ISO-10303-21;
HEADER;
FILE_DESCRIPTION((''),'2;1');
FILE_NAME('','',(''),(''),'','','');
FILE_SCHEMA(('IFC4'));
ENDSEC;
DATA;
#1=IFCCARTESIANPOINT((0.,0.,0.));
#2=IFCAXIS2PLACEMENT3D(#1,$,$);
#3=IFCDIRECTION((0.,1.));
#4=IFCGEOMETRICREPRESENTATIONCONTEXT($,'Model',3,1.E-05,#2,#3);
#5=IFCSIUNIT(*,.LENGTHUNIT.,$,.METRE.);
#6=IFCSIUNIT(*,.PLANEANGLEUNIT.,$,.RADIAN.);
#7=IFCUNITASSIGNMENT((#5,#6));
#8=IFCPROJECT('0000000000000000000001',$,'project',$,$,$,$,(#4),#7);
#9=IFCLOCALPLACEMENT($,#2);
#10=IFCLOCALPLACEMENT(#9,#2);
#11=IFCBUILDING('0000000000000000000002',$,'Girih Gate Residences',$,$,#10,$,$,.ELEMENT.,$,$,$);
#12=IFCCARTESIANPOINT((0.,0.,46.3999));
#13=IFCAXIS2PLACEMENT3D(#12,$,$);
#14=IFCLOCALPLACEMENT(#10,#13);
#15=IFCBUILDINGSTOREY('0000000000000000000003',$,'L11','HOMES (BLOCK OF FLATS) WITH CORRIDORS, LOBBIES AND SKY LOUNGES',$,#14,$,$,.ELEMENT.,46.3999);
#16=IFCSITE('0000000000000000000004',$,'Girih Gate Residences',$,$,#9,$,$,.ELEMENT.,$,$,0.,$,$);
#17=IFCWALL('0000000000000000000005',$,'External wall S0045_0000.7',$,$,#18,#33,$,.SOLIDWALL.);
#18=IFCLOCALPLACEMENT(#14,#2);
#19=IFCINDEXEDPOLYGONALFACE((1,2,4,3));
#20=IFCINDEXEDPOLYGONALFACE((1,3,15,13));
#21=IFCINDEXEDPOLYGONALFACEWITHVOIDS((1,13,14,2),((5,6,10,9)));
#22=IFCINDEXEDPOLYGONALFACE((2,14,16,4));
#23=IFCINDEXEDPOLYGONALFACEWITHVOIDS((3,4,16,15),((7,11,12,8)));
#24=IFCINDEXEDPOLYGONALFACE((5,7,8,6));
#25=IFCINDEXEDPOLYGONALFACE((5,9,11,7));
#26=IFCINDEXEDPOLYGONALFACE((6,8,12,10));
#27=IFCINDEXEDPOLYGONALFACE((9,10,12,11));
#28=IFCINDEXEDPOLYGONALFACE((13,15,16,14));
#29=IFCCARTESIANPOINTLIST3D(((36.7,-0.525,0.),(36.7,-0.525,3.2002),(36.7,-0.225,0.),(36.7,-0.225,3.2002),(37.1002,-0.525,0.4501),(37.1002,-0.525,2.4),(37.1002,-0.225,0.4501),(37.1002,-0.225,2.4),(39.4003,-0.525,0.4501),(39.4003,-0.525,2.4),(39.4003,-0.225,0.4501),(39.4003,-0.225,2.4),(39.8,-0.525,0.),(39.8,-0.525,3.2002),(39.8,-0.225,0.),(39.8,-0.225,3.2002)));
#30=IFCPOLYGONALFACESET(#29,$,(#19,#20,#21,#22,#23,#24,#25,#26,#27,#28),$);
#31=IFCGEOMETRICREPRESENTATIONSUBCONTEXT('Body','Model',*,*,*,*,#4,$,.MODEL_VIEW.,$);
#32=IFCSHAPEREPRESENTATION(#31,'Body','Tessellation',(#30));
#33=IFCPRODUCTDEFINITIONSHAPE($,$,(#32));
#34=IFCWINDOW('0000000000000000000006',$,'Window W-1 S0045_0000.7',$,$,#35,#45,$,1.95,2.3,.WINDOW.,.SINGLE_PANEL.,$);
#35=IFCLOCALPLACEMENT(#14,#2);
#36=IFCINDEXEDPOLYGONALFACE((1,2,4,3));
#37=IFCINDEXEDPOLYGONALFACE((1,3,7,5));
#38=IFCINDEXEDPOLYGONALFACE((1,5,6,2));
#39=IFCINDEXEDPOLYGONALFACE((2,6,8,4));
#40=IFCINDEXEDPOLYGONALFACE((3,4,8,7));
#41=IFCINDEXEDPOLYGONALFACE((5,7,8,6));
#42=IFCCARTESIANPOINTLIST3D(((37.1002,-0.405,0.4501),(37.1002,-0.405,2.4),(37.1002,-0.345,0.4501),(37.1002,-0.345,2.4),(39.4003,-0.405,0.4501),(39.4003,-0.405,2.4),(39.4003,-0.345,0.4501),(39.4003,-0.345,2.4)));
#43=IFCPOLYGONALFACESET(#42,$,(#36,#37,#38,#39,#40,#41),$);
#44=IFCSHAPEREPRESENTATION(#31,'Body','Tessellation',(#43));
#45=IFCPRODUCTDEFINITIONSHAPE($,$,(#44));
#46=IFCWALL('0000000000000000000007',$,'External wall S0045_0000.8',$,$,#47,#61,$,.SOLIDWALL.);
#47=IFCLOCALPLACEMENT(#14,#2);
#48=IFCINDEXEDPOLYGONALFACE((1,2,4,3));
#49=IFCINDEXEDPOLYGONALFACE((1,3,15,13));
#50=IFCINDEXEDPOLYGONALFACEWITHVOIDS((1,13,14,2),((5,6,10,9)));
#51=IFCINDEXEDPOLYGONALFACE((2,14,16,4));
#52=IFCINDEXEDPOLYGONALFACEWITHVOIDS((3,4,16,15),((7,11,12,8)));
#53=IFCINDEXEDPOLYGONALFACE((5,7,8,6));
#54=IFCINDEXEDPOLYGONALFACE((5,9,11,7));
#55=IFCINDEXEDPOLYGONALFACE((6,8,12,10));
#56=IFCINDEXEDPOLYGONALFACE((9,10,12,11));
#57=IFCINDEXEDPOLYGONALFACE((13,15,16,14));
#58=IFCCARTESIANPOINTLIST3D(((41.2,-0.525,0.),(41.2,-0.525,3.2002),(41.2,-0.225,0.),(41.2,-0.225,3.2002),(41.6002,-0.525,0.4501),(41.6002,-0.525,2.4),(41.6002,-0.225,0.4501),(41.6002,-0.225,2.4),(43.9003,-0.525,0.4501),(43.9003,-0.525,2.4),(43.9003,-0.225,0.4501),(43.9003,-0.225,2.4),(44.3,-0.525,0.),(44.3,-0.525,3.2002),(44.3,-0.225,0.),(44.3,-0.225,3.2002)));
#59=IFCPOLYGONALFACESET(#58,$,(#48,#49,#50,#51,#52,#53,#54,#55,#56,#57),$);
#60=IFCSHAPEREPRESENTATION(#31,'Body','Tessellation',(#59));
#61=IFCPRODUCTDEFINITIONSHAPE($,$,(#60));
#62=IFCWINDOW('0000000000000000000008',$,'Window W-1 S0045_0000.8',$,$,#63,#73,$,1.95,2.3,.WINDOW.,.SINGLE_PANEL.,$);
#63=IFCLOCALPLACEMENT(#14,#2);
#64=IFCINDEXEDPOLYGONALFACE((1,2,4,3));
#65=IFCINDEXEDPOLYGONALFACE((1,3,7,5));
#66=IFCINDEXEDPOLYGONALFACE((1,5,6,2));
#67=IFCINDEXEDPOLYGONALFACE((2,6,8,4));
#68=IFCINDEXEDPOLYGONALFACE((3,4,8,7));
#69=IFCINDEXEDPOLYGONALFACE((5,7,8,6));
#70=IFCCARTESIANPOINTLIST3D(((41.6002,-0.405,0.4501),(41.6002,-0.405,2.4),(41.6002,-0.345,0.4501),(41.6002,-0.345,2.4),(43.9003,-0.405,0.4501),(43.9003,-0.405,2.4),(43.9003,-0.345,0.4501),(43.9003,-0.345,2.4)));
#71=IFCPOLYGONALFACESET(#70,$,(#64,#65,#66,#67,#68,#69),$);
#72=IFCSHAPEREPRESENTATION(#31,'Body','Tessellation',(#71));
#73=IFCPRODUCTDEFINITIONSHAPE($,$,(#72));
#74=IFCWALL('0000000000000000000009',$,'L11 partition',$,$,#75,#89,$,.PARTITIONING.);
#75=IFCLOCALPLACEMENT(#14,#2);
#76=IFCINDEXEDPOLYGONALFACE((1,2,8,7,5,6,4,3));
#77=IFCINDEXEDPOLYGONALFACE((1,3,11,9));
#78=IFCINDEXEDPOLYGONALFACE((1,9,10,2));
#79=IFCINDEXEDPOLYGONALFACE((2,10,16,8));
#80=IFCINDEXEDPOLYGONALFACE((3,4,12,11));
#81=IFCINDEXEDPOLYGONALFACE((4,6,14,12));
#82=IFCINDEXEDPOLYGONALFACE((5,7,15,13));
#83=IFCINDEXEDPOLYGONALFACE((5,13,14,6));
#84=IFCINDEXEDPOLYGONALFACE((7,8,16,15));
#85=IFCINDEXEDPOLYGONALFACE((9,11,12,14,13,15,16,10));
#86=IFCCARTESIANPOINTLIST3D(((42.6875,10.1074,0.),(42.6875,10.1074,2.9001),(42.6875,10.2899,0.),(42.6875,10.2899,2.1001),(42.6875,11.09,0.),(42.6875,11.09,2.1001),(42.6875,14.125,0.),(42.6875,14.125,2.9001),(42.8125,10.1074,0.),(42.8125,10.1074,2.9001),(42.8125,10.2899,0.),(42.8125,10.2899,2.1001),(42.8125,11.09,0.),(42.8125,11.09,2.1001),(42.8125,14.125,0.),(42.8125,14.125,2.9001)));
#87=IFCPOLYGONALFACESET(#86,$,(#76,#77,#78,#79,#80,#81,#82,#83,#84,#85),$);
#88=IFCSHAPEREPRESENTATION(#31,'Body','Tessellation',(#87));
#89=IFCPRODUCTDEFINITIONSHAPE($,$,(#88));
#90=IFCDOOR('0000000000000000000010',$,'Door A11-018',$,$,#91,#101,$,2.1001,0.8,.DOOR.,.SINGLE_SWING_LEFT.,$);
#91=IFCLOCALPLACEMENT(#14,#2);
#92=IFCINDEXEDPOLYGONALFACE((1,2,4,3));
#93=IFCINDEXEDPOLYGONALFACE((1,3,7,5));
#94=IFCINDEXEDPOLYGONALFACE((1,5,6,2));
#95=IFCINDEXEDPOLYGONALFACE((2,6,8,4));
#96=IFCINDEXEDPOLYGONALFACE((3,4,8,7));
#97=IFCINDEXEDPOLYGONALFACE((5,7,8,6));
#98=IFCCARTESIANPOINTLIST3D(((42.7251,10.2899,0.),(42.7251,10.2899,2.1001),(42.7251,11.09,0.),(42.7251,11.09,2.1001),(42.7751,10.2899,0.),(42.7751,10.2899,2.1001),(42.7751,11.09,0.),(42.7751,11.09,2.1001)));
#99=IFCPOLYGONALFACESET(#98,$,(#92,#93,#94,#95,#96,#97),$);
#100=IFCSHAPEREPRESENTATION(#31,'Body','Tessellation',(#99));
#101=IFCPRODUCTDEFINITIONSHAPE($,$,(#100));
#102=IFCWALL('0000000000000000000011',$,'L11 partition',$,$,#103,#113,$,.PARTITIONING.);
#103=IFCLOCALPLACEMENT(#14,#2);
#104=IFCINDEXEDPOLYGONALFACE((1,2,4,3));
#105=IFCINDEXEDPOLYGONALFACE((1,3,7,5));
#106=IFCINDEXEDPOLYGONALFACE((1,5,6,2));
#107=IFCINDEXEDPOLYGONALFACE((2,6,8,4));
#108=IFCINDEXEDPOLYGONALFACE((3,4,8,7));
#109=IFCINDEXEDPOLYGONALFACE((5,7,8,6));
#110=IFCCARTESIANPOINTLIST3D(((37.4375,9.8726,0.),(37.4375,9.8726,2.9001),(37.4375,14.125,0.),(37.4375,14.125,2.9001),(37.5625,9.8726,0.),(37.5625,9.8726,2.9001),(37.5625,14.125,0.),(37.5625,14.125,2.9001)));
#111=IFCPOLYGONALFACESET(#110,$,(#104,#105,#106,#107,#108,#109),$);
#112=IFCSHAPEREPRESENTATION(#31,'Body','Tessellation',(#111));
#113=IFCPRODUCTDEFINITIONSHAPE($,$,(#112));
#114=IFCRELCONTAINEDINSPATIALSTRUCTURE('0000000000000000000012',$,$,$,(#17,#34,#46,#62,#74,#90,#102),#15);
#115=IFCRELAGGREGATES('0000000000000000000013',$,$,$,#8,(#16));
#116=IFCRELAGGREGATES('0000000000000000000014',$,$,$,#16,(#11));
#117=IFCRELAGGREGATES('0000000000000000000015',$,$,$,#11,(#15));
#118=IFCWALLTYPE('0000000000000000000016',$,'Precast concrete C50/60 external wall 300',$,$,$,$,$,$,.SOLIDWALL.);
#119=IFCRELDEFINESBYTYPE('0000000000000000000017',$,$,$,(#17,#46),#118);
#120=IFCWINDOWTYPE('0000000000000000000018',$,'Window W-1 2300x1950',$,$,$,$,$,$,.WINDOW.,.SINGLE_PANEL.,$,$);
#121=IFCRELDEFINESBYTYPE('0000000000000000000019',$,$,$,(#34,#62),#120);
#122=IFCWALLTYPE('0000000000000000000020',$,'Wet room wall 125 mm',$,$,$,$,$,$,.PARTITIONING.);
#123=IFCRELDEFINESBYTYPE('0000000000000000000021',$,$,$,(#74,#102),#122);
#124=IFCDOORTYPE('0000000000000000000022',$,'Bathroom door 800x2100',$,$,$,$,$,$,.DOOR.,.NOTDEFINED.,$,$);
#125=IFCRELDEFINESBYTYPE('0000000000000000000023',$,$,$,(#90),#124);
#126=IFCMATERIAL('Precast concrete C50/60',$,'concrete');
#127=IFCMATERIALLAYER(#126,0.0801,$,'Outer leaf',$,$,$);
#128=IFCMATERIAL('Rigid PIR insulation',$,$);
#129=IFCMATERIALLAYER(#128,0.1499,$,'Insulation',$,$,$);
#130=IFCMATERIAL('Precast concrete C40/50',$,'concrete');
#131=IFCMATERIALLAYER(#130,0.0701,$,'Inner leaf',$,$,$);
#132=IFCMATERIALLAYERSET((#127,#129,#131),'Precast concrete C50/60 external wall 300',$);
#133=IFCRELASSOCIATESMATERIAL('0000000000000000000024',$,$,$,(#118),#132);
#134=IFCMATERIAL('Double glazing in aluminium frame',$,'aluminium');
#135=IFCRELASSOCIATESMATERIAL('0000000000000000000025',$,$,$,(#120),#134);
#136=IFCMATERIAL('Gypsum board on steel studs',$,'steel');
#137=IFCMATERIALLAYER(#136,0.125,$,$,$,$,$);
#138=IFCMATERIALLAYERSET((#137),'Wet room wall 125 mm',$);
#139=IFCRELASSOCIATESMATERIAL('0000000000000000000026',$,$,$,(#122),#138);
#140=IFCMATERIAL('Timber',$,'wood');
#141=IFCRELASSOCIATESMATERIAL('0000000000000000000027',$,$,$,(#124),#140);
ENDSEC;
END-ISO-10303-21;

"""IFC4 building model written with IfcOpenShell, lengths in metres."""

from ifc_helpers import new_model, si_unit, direction, frame, frame_2d, origin, place, context, subcontext, project, spatial, rectangle, extrude, material, layer, layer_set, type_object, element, fill, save


model = new_model("IFC4")

# Units and contexts
model_context = context("Model", 3, precision=1e-05, world=origin(), true_north=direction((0.0, 1.0)))
body_context = subcontext(model_context, "Body", "Model", "MODEL_VIEW")
ifc_project = project(units=[si_unit("LENGTHUNIT", "METRE"), si_unit("PLANEANGLEUNIT", "RADIAN")], contexts=[model_context])

# Site, building, storey
site_placement = place(None, origin())
site = spatial("IfcSite", under=ifc_project, at=site_placement, Name="Girih Gate Residences", CompositionType="ELEMENT", RefElevation=0.0)
building_placement = place(site_placement, origin())
building = spatial("IfcBuilding", under=site, at=building_placement, Name="Girih Gate Residences", CompositionType="ELEMENT")
storey_placement = place(building_placement, frame((0.0, 0.0, 46.3999)))
storey = spatial("IfcBuildingStorey", under=building, at=storey_placement, Name="L11", Description="HOMES (BLOCK OF FLATS) WITH CORRIDORS, LOBBIES AND SKY LOUNGES", CompositionType="ELEMENT", Elevation=46.3999)

# Shared definitions
ifc_material_1 = material(Name="Gypsum board on steel studs", Category="steel")
ifc_material_2 = material(Name="Timber", Category="wood")

# Walls, openings, windows
ifc_material_3 = material(Name="Precast concrete C50/60", Category="concrete")
ifc_layer_1 = layer(ifc_material_3, 0.0801, Name="Outer leaf")
ifc_material_4 = material(Name="Rigid PIR insulation")
ifc_layer_2 = layer(ifc_material_4, 0.1499, Name="Insulation")
ifc_material_5 = material(Name="Precast concrete C40/50", Category="concrete")
ifc_layer_3 = layer(ifc_material_5, 0.0701, Name="Inner leaf")
ifc_layer_set_1 = layer_set([ifc_layer_1, ifc_layer_2, ifc_layer_3], Name="Precast concrete C50/60 external wall 300")
wall_type_1 = type_object("IfcWallType", Name="Precast concrete C50/60 external wall 300", PredefinedType="SOLIDWALL", material=ifc_layer_set_1)
wall_1_placement = place(storey_placement, frame((39.8, -0.375, 0.0), z_axis=(0.0, 0.0, 1.0), x_axis=(-1.0, 0.0, 0.0)))
wall_1 = element("IfcWall", 1, at=wall_1_placement, inside=storey, type_object=wall_type_1, Name="External wall S0045_0000.7", PredefinedType="SOLIDWALL", context=body_context, shape_type="SweptSolid", body=[
    extrude(rectangle(XDim=3.1001, YDim=0.3, at=frame_2d((1.55, 0.0))), origin(), (0.0, 0.0, 1.0), 3.2002),
])
opening_1_placement = place(wall_1_placement, frame((0.3999, 0.0, 0.45)))
opening_1 = element("IfcOpeningElement", 2, at=opening_1_placement, cuts=wall_1, PredefinedType="OPENING", context=body_context, shape_type="SweptSolid", body=[
    extrude(rectangle(XDim=2.3, YDim=1.95, at=frame_2d((1.1499, 0.9751))), frame((0.0, 0.1599, 0.0), z_axis=(0.0, -1.0, 0.0), x_axis=(1.0, 0.0, 0.0)), (0.0, 0.0, 1.0), 0.3201),
])
ifc_material_6 = material(Name="Double glazing in aluminium frame", Category="aluminium")
window_type = type_object("IfcWindowType", Name="Window W-1 2300x1950", PartitioningType="SINGLE_PANEL", PredefinedType="WINDOW", material=ifc_material_6)
window_1_placement = place(opening_1_placement, origin())
window_1 = element("IfcWindow", 3, at=window_1_placement, inside=storey, type_object=window_type, Name="Window W-1 S0045_0000.7", OverallHeight=1.95, OverallWidth=2.3, PartitioningType="SINGLE_PANEL", PredefinedType="WINDOW", context=body_context, shape_type="SweptSolid", body=[
    extrude(rectangle(XDim=2.3, YDim=1.95, at=frame_2d((1.1499, 0.9751))), frame((0.0, 0.03, 0.0), z_axis=(0.0, -1.0, 0.0), x_axis=(1.0, 0.0, 0.0)), (0.0, 0.0, 1.0), 0.0601),
])
fill(opening_1, window_1)
wall_2_placement = place(storey_placement, frame((44.3, -0.375, 0.0), z_axis=(0.0, 0.0, 1.0), x_axis=(-1.0, 0.0, 0.0)))
wall_2 = element("IfcWall", 4, at=wall_2_placement, inside=storey, type_object=wall_type_1, Name="External wall S0045_0000.8", PredefinedType="SOLIDWALL", context=body_context, shape_type="SweptSolid", body=[
    extrude(rectangle(XDim=3.1001, YDim=0.3, at=frame_2d((1.55, 0.0))), origin(), (0.0, 0.0, 1.0), 3.2002),
])
opening_2_placement = place(wall_2_placement, frame((0.3999, 0.0, 0.45)))
opening_2 = element("IfcOpeningElement", 5, at=opening_2_placement, cuts=wall_2, PredefinedType="OPENING", context=body_context, shape_type="SweptSolid", body=[
    extrude(rectangle(XDim=2.3, YDim=1.95, at=frame_2d((1.1499, 0.9751))), frame((0.0, 0.1599, 0.0), z_axis=(0.0, -1.0, 0.0), x_axis=(1.0, 0.0, 0.0)), (0.0, 0.0, 1.0), 0.3201),
])
window_2_placement = place(opening_2_placement, origin())
window_2 = element("IfcWindow", 6, at=window_2_placement, inside=storey, type_object=window_type, Name="Window W-1 S0045_0000.8", OverallHeight=1.95, OverallWidth=2.3, PartitioningType="SINGLE_PANEL", PredefinedType="WINDOW", context=body_context, shape_type="SweptSolid", body=[
    extrude(rectangle(XDim=2.3, YDim=1.95, at=frame_2d((1.1499, 0.9751))), frame((0.0, 0.03, 0.0), z_axis=(0.0, -1.0, 0.0), x_axis=(1.0, 0.0, 0.0)), (0.0, 0.0, 1.0), 0.0601),
])
fill(opening_2, window_2)

# Wall, opening, door
ifc_layer_4 = layer(ifc_material_1, 0.125)
ifc_layer_set_2 = layer_set([ifc_layer_4], Name="Wet room wall 125 mm")
wall_type_2 = type_object("IfcWallType", Name="Wet room wall 125 mm", PredefinedType="PARTITIONING", material=ifc_layer_set_2)
wall_3_placement = place(storey_placement, frame((42.75, 10.1074, 0.0), z_axis=(0.0, 0.0, 1.0), x_axis=(0.0, 1.0, 0.0)))
wall_3 = element("IfcWall", 7, at=wall_3_placement, inside=storey, type_object=wall_type_2, Name="L11 partition", PredefinedType="PARTITIONING", context=body_context, shape_type="SweptSolid", body=[
    extrude(rectangle(XDim=4.0176, YDim=0.125, at=frame_2d((2.0088, 0.0))), origin(), (0.0, 0.0, 1.0), 2.9001),
])
opening_3_placement = place(wall_3_placement, frame((0.1826, 0.0, 0.0)))
opening_3 = element("IfcOpeningElement", 8, at=opening_3_placement, cuts=wall_3, PredefinedType="OPENING", context=body_context, shape_type="SweptSolid", body=[
    extrude(rectangle(XDim=0.8, YDim=2.1001, at=frame_2d((0.3999, 1.05))), frame((0.0, 0.0725, 0.0), z_axis=(0.0, -1.0, 0.0), x_axis=(1.0, 0.0, 0.0)), (0.0, 0.0, 1.0), 0.145),
])
door_type_1 = type_object("IfcDoorType", Name="Bathroom door 800x2100", OperationType="NOTDEFINED", PredefinedType="DOOR", material=ifc_material_2)
door_1_placement = place(opening_3_placement, origin())
door_1 = element("IfcDoor", 9, at=door_1_placement, inside=storey, type_object=door_type_1, Name="Door A11-018", OperationType="SINGLE_SWING_LEFT", OverallHeight=2.1001, OverallWidth=0.8, PredefinedType="DOOR", context=body_context, shape_type="SweptSolid", body=[
    extrude(rectangle(XDim=0.8, YDim=2.1001, at=frame_2d((0.3999, 1.05))), frame((0.0, 0.0249, 0.0), z_axis=(0.0, -1.0, 0.0), x_axis=(1.0, 0.0, 0.0)), (0.0, 0.0, 1.0), 0.05),
])
fill(opening_3, door_1)

# Wall
wall_4_placement = place(storey_placement, frame((37.5, 9.8726, 0.0), z_axis=(0.0, 0.0, 1.0), x_axis=(0.0, 1.0, 0.0)))
element("IfcWall", 10, at=wall_4_placement, inside=storey, type_object=wall_type_2, Name="L11 partition", PredefinedType="PARTITIONING", context=body_context, shape_type="SweptSolid", body=[
    extrude(rectangle(XDim=4.2524, YDim=0.125, at=frame_2d((2.1262, 0.0))), origin(), (0.0, 0.0, 1.0), 2.9001),
])

save(model, "model.ifc")
